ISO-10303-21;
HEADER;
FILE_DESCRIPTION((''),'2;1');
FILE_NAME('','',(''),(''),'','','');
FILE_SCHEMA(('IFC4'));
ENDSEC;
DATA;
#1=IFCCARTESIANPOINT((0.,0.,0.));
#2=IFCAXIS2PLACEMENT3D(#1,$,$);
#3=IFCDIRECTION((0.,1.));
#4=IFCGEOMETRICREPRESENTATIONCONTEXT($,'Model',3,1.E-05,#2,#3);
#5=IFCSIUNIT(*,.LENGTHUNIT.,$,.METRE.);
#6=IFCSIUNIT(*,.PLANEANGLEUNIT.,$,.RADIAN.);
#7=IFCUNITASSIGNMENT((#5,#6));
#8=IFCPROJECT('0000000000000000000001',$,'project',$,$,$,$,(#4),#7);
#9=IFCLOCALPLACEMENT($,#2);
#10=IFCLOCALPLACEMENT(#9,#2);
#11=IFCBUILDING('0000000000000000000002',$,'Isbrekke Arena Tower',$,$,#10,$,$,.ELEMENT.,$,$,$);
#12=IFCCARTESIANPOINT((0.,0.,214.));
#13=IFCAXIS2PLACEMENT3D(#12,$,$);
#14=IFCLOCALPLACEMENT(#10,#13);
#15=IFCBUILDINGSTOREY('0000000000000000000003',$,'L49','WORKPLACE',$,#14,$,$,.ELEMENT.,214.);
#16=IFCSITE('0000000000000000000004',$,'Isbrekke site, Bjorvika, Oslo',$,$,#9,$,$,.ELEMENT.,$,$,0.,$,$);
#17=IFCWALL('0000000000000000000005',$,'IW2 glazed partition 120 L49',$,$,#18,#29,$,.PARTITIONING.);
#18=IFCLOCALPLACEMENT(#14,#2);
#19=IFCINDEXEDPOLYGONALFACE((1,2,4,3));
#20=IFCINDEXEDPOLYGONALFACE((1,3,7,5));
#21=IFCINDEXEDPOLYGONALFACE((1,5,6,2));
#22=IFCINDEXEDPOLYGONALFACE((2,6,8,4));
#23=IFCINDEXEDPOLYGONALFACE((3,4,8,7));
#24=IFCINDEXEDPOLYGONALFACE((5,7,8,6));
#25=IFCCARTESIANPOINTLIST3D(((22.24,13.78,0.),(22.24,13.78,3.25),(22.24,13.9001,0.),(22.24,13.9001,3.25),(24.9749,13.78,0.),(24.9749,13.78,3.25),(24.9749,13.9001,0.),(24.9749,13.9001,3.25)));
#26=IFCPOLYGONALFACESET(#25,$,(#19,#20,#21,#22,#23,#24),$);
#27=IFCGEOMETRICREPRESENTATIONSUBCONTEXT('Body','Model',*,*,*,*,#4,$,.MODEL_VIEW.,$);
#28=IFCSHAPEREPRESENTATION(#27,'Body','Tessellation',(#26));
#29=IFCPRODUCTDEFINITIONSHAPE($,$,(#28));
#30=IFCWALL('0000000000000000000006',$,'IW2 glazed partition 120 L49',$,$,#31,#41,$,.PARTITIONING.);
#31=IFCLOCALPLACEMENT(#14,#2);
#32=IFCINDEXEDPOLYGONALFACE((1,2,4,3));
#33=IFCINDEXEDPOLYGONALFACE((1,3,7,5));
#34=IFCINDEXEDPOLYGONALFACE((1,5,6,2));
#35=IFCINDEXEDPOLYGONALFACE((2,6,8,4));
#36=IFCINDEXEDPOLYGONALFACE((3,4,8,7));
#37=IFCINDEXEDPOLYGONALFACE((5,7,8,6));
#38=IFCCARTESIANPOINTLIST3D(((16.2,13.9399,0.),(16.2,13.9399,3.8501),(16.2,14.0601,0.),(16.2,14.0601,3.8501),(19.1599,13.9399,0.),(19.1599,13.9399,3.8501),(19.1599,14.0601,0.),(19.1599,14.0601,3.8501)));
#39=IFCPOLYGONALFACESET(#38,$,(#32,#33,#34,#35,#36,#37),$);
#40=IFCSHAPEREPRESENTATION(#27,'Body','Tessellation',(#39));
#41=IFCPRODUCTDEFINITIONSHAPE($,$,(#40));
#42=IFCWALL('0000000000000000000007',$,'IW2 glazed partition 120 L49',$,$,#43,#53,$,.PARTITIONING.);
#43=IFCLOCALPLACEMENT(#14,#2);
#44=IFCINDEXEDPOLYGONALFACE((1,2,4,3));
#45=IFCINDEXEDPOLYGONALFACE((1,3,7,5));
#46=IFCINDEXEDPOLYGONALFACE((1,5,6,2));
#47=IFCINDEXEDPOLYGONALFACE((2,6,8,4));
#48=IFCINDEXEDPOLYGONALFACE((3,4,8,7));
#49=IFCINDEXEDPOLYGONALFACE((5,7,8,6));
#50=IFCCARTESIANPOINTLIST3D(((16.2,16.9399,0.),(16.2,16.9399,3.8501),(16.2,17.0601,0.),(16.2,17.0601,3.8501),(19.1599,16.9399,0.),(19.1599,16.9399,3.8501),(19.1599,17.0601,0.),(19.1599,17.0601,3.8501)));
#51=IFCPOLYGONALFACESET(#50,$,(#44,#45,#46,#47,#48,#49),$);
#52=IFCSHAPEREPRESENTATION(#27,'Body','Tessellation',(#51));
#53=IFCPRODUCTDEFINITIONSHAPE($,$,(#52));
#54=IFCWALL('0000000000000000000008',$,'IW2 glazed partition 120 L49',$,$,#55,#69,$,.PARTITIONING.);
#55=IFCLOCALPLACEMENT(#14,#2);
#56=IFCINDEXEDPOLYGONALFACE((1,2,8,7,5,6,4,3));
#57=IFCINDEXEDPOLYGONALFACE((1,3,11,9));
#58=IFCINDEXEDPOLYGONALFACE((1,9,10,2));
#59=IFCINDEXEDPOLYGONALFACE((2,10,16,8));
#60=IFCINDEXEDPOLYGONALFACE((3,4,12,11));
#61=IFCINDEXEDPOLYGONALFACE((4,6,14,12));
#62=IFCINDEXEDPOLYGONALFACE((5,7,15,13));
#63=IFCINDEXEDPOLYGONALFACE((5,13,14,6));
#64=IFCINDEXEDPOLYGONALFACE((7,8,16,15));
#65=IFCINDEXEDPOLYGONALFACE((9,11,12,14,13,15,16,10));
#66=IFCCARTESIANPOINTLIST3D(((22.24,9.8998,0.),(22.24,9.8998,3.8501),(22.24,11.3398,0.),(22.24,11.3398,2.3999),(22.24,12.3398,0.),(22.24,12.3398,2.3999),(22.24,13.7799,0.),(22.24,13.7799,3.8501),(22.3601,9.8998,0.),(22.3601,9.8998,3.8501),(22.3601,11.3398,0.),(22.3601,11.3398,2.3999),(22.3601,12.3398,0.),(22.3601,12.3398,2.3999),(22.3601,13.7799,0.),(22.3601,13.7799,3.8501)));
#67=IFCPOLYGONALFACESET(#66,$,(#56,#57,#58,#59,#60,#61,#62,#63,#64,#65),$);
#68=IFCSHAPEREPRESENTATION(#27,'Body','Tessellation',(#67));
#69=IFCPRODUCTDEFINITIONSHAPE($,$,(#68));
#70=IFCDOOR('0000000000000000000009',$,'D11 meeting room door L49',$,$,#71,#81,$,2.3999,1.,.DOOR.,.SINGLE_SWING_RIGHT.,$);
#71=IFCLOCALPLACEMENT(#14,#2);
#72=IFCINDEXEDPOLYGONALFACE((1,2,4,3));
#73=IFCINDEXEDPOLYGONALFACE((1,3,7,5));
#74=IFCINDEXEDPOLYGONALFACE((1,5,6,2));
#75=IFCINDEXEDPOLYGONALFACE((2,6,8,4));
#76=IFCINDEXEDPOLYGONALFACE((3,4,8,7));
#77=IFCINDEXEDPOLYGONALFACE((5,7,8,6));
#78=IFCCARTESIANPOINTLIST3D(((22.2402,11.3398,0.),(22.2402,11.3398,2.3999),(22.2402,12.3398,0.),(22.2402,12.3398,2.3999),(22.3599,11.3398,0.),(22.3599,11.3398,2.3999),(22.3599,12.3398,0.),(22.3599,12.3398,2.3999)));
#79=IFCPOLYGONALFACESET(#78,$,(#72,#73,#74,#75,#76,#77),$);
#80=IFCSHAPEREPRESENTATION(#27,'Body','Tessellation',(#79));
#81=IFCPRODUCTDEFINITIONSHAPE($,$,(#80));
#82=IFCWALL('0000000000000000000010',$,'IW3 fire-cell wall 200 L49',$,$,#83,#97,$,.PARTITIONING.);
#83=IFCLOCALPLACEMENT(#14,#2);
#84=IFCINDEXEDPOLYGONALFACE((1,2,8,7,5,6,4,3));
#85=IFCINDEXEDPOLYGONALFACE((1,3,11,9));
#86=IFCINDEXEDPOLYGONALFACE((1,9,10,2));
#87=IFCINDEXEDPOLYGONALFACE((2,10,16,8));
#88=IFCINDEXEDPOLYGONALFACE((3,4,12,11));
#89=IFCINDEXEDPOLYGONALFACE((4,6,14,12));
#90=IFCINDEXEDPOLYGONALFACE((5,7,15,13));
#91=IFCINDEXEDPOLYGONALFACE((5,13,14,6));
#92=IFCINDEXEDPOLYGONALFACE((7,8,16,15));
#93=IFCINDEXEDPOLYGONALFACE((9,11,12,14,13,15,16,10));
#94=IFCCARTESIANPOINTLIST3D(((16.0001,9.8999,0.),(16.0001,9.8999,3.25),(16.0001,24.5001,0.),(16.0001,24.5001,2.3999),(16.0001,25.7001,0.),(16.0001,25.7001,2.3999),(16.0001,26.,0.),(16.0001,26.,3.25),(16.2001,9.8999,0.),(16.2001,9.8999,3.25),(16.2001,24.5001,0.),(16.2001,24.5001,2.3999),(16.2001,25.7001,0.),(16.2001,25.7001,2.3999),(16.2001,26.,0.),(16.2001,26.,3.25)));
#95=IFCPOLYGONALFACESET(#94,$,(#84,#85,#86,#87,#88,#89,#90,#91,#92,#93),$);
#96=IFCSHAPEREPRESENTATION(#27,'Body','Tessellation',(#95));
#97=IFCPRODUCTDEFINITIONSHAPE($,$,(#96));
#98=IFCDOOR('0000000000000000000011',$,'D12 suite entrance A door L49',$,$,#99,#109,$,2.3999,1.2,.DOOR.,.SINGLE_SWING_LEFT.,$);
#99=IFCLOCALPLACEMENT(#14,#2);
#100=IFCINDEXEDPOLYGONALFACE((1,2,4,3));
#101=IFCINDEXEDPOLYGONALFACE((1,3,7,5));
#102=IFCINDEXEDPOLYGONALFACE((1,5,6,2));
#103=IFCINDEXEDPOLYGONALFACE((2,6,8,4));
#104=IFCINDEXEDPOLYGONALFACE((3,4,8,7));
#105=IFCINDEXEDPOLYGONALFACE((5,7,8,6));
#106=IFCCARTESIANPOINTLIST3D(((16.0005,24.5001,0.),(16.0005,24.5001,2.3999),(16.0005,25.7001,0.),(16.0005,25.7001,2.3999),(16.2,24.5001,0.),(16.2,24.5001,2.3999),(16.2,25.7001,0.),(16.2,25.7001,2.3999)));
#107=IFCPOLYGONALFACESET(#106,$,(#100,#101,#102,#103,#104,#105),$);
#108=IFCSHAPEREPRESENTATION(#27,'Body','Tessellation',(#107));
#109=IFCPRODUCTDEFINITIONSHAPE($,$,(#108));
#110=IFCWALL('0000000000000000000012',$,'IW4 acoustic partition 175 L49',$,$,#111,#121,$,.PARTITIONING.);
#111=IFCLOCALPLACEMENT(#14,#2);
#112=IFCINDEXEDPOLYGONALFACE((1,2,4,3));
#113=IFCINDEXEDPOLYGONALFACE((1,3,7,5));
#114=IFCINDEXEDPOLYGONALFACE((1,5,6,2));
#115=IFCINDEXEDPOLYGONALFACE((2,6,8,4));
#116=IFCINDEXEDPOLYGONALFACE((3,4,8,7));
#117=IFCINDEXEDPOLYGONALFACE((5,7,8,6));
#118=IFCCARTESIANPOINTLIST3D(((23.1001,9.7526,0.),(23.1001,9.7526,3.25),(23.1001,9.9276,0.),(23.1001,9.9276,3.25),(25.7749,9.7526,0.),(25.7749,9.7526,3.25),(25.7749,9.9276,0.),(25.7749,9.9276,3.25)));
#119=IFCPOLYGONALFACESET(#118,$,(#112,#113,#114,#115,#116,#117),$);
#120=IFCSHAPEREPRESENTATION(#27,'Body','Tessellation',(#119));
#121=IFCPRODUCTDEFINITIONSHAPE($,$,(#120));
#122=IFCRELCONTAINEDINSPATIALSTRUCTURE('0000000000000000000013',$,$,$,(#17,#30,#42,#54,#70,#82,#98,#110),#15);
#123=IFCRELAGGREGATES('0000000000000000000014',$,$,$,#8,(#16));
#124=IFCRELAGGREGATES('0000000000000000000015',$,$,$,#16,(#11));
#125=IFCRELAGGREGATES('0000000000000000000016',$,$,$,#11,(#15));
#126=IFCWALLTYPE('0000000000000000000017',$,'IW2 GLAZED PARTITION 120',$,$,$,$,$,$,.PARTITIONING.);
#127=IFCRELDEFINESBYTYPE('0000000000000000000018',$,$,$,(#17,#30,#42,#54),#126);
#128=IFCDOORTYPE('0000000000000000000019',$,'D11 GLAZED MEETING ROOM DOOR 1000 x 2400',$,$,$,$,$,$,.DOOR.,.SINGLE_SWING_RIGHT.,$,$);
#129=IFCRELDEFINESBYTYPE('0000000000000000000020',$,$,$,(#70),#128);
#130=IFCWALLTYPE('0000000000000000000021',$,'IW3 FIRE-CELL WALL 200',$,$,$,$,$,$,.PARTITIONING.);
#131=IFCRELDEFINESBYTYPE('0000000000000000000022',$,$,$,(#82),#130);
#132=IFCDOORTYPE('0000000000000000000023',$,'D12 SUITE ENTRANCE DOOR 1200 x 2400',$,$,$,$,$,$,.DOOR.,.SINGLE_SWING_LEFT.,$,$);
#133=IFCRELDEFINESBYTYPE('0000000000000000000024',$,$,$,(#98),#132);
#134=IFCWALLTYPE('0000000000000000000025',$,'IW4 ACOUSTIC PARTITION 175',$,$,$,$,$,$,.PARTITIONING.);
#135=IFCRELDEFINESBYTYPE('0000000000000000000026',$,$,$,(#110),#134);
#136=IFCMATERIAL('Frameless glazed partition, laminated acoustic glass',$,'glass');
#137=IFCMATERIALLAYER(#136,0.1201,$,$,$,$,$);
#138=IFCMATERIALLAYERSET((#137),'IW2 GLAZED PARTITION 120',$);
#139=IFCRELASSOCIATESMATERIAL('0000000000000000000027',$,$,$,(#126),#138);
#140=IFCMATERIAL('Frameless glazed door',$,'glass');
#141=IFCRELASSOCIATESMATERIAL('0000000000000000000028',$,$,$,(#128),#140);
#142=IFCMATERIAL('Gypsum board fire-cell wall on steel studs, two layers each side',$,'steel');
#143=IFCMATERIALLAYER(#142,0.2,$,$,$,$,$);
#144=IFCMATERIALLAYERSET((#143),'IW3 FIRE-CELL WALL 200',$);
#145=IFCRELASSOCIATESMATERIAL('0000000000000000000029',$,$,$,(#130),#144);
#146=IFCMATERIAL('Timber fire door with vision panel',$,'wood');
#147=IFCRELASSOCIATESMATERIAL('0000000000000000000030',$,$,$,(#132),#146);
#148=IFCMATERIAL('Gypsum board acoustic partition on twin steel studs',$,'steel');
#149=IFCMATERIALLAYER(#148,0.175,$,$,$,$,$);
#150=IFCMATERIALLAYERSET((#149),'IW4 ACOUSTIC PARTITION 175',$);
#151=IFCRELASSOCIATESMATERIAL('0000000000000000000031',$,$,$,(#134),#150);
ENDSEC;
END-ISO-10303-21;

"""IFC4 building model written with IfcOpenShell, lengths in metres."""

from ifc_helpers import new_model, si_unit, direction, frame, frame_2d, origin, place, context, subcontext, project, spatial, rectangle, extrude, material, layer, layer_set, type_object, element, fill, save


model = new_model("IFC4")

# Units and contexts
model_context = context("Model", 3, precision=1e-05, world=origin(), true_north=direction((0.0, 1.0)))
body_context = subcontext(model_context, "Body", "Model", "MODEL_VIEW")
ifc_project = project(units=[si_unit("LENGTHUNIT", "METRE"), si_unit("PLANEANGLEUNIT", "RADIAN")], contexts=[model_context])

# Site, building, storey
site_placement = place(None, origin())
site = spatial("IfcSite", under=ifc_project, at=site_placement, Name="Isbrekke site, Bjorvika, Oslo", CompositionType="ELEMENT", RefElevation=0.0)
building_placement = place(site_placement, origin())
building = spatial("IfcBuilding", under=site, at=building_placement, Name="Isbrekke Arena Tower", CompositionType="ELEMENT")
storey_placement = place(building_placement, frame((0.0, 0.0, 214.0)))
storey = spatial("IfcBuildingStorey", under=building, at=storey_placement, Name="L49", Description="WORKPLACE", CompositionType="ELEMENT", Elevation=214.0)

# Walls
ifc_material_1 = material(Name="Frameless glazed partition, laminated acoustic glass", Category="glass")
ifc_layer_1 = layer(ifc_material_1, 0.1201)
ifc_layer_set_1 = layer_set([ifc_layer_1], Name="IW2 GLAZED PARTITION 120")
wall_type_1 = type_object("IfcWallType", Name="IW2 GLAZED PARTITION 120", PredefinedType="PARTITIONING", material=ifc_layer_set_1)
wall_1_placement = place(storey_placement, frame((22.24, 13.8401, 0.0), z_axis=(0.0, 0.0, 1.0), x_axis=(1.0, 0.0, 0.0)))
element("IfcWall", 1, at=wall_1_placement, inside=storey, type_object=wall_type_1, Name="IW2 glazed partition 120 L49", PredefinedType="PARTITIONING", context=body_context, shape_type="SweptSolid", body=[
    extrude(rectangle(XDim=2.7349, YDim=0.1201, at=frame_2d((1.3674, 0.0))), origin(), (0.0, 0.0, 1.0), 3.25),
])
for number, where, z_axis, x_axis, name in (
    (2, (16.2, 14.0, 0.0), (0.0, 0.0, 1.0), (1.0, 0.0, 0.0), "IW2 glazed partition 120 L49"),
    (3, (16.2, 17.0, 0.0), (0.0, 0.0, 1.0), (1.0, 0.0, 0.0), "IW2 glazed partition 120 L49"),
):
    element("IfcWall", number, at=place(storey_placement, frame(where, z_axis=z_axis, x_axis=x_axis)), inside=storey, type_object=wall_type_1, Name=name, PredefinedType="PARTITIONING", context=body_context, shape_type="SweptSolid", body=[
        extrude(rectangle(XDim=2.96, YDim=0.1201, at=frame_2d((1.48, 0.0))), origin(), (0.0, 0.0, 1.0), 3.8501),
    ])

# Walls, openings, doors
ifc_material_2 = material(Name="Frameless glazed door", Category="glass")
door_type_1 = type_object("IfcDoorType", Name="D11 GLAZED MEETING ROOM DOOR 1000 x 2400", OperationType="SINGLE_SWING_RIGHT", PredefinedType="DOOR", material=ifc_material_2)
wall_2_placement = place(storey_placement, frame((22.3, 9.8999, 0.0), z_axis=(0.0, 0.0, 1.0), x_axis=(0.0, 1.0, 0.0)))
wall_2 = element("IfcWall", 4, at=wall_2_placement, inside=storey, type_object=wall_type_1, Name="IW2 glazed partition 120 L49", PredefinedType="PARTITIONING", context=body_context, shape_type="SweptSolid", body=[
    extrude(rectangle(XDim=3.8801, YDim=0.1201, at=frame_2d((1.9399, 0.0))), origin(), (0.0, 0.0, 1.0), 3.8501),
])
opening_1_placement = place(wall_2_placement, frame((1.4399, 0.0, 0.0)))
opening_1 = element("IfcOpeningElement", 5, at=opening_1_placement, cuts=wall_2, PredefinedType="OPENING", context=body_context, shape_type="SweptSolid", body=[
    extrude(rectangle(XDim=1.0, YDim=2.3999, at=frame_2d((0.5, 1.2))), frame((0.0, 0.075, 0.0), z_axis=(0.0, -1.0, 0.0), x_axis=(1.0, 0.0, 0.0)), (0.0, 0.0, 1.0), 0.1499),
])
door_1_placement = place(opening_1_placement, origin())
door_1 = element("IfcDoor", 6, at=door_1_placement, inside=storey, type_object=door_type_1, Name="D11 meeting room door L49", OperationType="SINGLE_SWING_RIGHT", OverallHeight=2.3999, OverallWidth=1.0, PredefinedType="DOOR", context=body_context, shape_type="SweptSolid", body=[
    extrude(rectangle(XDim=1.0, YDim=2.3999, at=frame_2d((0.5, 1.2))), frame((0.0, 0.0598, 0.0), z_axis=(0.0, -1.0, 0.0), x_axis=(1.0, 0.0, 0.0)), (0.0, 0.0, 1.0), 0.1196),
])
fill(opening_1, door_1)
ifc_material_3 = material(Name="Gypsum board fire-cell wall on steel studs, two layers each side", Category="steel")
ifc_layer_2 = layer(ifc_material_3, 0.2)
ifc_layer_set_2 = layer_set([ifc_layer_2], Name="IW3 FIRE-CELL WALL 200")
wall_type_2 = type_object("IfcWallType", Name="IW3 FIRE-CELL WALL 200", PredefinedType="PARTITIONING", material=ifc_layer_set_2)
wall_3_placement = place(storey_placement, frame((16.1001, 9.8999, 0.0), z_axis=(0.0, 0.0, 1.0), x_axis=(0.0, 1.0, 0.0)))
wall_3 = element("IfcWall", 7, at=wall_3_placement, inside=storey, type_object=wall_type_2, Name="IW3 fire-cell wall 200 L49", PredefinedType="PARTITIONING", context=body_context, shape_type="SweptSolid", body=[
    extrude(rectangle(XDim=16.1001, YDim=0.2, at=frame_2d((8.05, 0.0))), origin(), (0.0, 0.0, 1.0), 3.25),
])
opening_2_placement = place(wall_3_placement, frame((14.6001, 0.0, 0.0)))
opening_2 = element("IfcOpeningElement", 8, at=opening_2_placement, cuts=wall_3, PredefinedType="OPENING", context=body_context, shape_type="SweptSolid", body=[
    extrude(rectangle(XDim=1.2, YDim=2.3999, at=frame_2d((0.6001, 1.2))), frame((0.0, 0.1147, 0.0), z_axis=(0.0, -1.0, 0.0), x_axis=(1.0, 0.0, 0.0)), (0.0, 0.0, 1.0), 0.2297),
])
ifc_material_4 = material(Name="Timber fire door with vision panel", Category="wood")
door_type_2 = type_object("IfcDoorType", Name="D12 SUITE ENTRANCE DOOR 1200 x 2400", OperationType="SINGLE_SWING_LEFT", PredefinedType="DOOR", material=ifc_material_4)
door_2_placement = place(opening_2_placement, origin())
door_2 = element("IfcDoor", 9, at=door_2_placement, inside=storey, type_object=door_type_2, Name="D12 suite entrance A door L49", OperationType="SINGLE_SWING_LEFT", OverallHeight=2.3999, OverallWidth=1.2, PredefinedType="DOOR", context=body_context, shape_type="SweptSolid", body=[
    extrude(rectangle(XDim=1.2, YDim=2.3999, at=frame_2d((0.6001, 1.2))), frame((0.0, 0.0996, 0.0), z_axis=(0.0, -1.0, 0.0), x_axis=(1.0, 0.0, 0.0)), (0.0, 0.0, 1.0), 0.1995),
])
fill(opening_2, door_2)

# Wall
ifc_material_5 = material(Name="Gypsum board acoustic partition on twin steel studs", Category="steel")
ifc_layer_3 = layer(ifc_material_5, 0.175)
ifc_layer_set_3 = layer_set([ifc_layer_3], Name="IW4 ACOUSTIC PARTITION 175")
wall_type_3 = type_object("IfcWallType", Name="IW4 ACOUSTIC PARTITION 175", PredefinedType="PARTITIONING", material=ifc_layer_set_3)
wall_4_placement = place(storey_placement, frame((23.1001, 9.8401, 0.0), z_axis=(0.0, 0.0, 1.0), x_axis=(1.0, 0.0, 0.0)))
element("IfcWall", 10, at=wall_4_placement, inside=storey, type_object=wall_type_3, Name="IW4 acoustic partition 175 L49", PredefinedType="PARTITIONING", context=body_context, shape_type="SweptSolid", body=[
    extrude(rectangle(XDim=2.6748, YDim=0.175, at=frame_2d((1.3374, 0.0))), origin(), (0.0, 0.0, 1.0), 3.25),
])

save(model, "model.ifc")
